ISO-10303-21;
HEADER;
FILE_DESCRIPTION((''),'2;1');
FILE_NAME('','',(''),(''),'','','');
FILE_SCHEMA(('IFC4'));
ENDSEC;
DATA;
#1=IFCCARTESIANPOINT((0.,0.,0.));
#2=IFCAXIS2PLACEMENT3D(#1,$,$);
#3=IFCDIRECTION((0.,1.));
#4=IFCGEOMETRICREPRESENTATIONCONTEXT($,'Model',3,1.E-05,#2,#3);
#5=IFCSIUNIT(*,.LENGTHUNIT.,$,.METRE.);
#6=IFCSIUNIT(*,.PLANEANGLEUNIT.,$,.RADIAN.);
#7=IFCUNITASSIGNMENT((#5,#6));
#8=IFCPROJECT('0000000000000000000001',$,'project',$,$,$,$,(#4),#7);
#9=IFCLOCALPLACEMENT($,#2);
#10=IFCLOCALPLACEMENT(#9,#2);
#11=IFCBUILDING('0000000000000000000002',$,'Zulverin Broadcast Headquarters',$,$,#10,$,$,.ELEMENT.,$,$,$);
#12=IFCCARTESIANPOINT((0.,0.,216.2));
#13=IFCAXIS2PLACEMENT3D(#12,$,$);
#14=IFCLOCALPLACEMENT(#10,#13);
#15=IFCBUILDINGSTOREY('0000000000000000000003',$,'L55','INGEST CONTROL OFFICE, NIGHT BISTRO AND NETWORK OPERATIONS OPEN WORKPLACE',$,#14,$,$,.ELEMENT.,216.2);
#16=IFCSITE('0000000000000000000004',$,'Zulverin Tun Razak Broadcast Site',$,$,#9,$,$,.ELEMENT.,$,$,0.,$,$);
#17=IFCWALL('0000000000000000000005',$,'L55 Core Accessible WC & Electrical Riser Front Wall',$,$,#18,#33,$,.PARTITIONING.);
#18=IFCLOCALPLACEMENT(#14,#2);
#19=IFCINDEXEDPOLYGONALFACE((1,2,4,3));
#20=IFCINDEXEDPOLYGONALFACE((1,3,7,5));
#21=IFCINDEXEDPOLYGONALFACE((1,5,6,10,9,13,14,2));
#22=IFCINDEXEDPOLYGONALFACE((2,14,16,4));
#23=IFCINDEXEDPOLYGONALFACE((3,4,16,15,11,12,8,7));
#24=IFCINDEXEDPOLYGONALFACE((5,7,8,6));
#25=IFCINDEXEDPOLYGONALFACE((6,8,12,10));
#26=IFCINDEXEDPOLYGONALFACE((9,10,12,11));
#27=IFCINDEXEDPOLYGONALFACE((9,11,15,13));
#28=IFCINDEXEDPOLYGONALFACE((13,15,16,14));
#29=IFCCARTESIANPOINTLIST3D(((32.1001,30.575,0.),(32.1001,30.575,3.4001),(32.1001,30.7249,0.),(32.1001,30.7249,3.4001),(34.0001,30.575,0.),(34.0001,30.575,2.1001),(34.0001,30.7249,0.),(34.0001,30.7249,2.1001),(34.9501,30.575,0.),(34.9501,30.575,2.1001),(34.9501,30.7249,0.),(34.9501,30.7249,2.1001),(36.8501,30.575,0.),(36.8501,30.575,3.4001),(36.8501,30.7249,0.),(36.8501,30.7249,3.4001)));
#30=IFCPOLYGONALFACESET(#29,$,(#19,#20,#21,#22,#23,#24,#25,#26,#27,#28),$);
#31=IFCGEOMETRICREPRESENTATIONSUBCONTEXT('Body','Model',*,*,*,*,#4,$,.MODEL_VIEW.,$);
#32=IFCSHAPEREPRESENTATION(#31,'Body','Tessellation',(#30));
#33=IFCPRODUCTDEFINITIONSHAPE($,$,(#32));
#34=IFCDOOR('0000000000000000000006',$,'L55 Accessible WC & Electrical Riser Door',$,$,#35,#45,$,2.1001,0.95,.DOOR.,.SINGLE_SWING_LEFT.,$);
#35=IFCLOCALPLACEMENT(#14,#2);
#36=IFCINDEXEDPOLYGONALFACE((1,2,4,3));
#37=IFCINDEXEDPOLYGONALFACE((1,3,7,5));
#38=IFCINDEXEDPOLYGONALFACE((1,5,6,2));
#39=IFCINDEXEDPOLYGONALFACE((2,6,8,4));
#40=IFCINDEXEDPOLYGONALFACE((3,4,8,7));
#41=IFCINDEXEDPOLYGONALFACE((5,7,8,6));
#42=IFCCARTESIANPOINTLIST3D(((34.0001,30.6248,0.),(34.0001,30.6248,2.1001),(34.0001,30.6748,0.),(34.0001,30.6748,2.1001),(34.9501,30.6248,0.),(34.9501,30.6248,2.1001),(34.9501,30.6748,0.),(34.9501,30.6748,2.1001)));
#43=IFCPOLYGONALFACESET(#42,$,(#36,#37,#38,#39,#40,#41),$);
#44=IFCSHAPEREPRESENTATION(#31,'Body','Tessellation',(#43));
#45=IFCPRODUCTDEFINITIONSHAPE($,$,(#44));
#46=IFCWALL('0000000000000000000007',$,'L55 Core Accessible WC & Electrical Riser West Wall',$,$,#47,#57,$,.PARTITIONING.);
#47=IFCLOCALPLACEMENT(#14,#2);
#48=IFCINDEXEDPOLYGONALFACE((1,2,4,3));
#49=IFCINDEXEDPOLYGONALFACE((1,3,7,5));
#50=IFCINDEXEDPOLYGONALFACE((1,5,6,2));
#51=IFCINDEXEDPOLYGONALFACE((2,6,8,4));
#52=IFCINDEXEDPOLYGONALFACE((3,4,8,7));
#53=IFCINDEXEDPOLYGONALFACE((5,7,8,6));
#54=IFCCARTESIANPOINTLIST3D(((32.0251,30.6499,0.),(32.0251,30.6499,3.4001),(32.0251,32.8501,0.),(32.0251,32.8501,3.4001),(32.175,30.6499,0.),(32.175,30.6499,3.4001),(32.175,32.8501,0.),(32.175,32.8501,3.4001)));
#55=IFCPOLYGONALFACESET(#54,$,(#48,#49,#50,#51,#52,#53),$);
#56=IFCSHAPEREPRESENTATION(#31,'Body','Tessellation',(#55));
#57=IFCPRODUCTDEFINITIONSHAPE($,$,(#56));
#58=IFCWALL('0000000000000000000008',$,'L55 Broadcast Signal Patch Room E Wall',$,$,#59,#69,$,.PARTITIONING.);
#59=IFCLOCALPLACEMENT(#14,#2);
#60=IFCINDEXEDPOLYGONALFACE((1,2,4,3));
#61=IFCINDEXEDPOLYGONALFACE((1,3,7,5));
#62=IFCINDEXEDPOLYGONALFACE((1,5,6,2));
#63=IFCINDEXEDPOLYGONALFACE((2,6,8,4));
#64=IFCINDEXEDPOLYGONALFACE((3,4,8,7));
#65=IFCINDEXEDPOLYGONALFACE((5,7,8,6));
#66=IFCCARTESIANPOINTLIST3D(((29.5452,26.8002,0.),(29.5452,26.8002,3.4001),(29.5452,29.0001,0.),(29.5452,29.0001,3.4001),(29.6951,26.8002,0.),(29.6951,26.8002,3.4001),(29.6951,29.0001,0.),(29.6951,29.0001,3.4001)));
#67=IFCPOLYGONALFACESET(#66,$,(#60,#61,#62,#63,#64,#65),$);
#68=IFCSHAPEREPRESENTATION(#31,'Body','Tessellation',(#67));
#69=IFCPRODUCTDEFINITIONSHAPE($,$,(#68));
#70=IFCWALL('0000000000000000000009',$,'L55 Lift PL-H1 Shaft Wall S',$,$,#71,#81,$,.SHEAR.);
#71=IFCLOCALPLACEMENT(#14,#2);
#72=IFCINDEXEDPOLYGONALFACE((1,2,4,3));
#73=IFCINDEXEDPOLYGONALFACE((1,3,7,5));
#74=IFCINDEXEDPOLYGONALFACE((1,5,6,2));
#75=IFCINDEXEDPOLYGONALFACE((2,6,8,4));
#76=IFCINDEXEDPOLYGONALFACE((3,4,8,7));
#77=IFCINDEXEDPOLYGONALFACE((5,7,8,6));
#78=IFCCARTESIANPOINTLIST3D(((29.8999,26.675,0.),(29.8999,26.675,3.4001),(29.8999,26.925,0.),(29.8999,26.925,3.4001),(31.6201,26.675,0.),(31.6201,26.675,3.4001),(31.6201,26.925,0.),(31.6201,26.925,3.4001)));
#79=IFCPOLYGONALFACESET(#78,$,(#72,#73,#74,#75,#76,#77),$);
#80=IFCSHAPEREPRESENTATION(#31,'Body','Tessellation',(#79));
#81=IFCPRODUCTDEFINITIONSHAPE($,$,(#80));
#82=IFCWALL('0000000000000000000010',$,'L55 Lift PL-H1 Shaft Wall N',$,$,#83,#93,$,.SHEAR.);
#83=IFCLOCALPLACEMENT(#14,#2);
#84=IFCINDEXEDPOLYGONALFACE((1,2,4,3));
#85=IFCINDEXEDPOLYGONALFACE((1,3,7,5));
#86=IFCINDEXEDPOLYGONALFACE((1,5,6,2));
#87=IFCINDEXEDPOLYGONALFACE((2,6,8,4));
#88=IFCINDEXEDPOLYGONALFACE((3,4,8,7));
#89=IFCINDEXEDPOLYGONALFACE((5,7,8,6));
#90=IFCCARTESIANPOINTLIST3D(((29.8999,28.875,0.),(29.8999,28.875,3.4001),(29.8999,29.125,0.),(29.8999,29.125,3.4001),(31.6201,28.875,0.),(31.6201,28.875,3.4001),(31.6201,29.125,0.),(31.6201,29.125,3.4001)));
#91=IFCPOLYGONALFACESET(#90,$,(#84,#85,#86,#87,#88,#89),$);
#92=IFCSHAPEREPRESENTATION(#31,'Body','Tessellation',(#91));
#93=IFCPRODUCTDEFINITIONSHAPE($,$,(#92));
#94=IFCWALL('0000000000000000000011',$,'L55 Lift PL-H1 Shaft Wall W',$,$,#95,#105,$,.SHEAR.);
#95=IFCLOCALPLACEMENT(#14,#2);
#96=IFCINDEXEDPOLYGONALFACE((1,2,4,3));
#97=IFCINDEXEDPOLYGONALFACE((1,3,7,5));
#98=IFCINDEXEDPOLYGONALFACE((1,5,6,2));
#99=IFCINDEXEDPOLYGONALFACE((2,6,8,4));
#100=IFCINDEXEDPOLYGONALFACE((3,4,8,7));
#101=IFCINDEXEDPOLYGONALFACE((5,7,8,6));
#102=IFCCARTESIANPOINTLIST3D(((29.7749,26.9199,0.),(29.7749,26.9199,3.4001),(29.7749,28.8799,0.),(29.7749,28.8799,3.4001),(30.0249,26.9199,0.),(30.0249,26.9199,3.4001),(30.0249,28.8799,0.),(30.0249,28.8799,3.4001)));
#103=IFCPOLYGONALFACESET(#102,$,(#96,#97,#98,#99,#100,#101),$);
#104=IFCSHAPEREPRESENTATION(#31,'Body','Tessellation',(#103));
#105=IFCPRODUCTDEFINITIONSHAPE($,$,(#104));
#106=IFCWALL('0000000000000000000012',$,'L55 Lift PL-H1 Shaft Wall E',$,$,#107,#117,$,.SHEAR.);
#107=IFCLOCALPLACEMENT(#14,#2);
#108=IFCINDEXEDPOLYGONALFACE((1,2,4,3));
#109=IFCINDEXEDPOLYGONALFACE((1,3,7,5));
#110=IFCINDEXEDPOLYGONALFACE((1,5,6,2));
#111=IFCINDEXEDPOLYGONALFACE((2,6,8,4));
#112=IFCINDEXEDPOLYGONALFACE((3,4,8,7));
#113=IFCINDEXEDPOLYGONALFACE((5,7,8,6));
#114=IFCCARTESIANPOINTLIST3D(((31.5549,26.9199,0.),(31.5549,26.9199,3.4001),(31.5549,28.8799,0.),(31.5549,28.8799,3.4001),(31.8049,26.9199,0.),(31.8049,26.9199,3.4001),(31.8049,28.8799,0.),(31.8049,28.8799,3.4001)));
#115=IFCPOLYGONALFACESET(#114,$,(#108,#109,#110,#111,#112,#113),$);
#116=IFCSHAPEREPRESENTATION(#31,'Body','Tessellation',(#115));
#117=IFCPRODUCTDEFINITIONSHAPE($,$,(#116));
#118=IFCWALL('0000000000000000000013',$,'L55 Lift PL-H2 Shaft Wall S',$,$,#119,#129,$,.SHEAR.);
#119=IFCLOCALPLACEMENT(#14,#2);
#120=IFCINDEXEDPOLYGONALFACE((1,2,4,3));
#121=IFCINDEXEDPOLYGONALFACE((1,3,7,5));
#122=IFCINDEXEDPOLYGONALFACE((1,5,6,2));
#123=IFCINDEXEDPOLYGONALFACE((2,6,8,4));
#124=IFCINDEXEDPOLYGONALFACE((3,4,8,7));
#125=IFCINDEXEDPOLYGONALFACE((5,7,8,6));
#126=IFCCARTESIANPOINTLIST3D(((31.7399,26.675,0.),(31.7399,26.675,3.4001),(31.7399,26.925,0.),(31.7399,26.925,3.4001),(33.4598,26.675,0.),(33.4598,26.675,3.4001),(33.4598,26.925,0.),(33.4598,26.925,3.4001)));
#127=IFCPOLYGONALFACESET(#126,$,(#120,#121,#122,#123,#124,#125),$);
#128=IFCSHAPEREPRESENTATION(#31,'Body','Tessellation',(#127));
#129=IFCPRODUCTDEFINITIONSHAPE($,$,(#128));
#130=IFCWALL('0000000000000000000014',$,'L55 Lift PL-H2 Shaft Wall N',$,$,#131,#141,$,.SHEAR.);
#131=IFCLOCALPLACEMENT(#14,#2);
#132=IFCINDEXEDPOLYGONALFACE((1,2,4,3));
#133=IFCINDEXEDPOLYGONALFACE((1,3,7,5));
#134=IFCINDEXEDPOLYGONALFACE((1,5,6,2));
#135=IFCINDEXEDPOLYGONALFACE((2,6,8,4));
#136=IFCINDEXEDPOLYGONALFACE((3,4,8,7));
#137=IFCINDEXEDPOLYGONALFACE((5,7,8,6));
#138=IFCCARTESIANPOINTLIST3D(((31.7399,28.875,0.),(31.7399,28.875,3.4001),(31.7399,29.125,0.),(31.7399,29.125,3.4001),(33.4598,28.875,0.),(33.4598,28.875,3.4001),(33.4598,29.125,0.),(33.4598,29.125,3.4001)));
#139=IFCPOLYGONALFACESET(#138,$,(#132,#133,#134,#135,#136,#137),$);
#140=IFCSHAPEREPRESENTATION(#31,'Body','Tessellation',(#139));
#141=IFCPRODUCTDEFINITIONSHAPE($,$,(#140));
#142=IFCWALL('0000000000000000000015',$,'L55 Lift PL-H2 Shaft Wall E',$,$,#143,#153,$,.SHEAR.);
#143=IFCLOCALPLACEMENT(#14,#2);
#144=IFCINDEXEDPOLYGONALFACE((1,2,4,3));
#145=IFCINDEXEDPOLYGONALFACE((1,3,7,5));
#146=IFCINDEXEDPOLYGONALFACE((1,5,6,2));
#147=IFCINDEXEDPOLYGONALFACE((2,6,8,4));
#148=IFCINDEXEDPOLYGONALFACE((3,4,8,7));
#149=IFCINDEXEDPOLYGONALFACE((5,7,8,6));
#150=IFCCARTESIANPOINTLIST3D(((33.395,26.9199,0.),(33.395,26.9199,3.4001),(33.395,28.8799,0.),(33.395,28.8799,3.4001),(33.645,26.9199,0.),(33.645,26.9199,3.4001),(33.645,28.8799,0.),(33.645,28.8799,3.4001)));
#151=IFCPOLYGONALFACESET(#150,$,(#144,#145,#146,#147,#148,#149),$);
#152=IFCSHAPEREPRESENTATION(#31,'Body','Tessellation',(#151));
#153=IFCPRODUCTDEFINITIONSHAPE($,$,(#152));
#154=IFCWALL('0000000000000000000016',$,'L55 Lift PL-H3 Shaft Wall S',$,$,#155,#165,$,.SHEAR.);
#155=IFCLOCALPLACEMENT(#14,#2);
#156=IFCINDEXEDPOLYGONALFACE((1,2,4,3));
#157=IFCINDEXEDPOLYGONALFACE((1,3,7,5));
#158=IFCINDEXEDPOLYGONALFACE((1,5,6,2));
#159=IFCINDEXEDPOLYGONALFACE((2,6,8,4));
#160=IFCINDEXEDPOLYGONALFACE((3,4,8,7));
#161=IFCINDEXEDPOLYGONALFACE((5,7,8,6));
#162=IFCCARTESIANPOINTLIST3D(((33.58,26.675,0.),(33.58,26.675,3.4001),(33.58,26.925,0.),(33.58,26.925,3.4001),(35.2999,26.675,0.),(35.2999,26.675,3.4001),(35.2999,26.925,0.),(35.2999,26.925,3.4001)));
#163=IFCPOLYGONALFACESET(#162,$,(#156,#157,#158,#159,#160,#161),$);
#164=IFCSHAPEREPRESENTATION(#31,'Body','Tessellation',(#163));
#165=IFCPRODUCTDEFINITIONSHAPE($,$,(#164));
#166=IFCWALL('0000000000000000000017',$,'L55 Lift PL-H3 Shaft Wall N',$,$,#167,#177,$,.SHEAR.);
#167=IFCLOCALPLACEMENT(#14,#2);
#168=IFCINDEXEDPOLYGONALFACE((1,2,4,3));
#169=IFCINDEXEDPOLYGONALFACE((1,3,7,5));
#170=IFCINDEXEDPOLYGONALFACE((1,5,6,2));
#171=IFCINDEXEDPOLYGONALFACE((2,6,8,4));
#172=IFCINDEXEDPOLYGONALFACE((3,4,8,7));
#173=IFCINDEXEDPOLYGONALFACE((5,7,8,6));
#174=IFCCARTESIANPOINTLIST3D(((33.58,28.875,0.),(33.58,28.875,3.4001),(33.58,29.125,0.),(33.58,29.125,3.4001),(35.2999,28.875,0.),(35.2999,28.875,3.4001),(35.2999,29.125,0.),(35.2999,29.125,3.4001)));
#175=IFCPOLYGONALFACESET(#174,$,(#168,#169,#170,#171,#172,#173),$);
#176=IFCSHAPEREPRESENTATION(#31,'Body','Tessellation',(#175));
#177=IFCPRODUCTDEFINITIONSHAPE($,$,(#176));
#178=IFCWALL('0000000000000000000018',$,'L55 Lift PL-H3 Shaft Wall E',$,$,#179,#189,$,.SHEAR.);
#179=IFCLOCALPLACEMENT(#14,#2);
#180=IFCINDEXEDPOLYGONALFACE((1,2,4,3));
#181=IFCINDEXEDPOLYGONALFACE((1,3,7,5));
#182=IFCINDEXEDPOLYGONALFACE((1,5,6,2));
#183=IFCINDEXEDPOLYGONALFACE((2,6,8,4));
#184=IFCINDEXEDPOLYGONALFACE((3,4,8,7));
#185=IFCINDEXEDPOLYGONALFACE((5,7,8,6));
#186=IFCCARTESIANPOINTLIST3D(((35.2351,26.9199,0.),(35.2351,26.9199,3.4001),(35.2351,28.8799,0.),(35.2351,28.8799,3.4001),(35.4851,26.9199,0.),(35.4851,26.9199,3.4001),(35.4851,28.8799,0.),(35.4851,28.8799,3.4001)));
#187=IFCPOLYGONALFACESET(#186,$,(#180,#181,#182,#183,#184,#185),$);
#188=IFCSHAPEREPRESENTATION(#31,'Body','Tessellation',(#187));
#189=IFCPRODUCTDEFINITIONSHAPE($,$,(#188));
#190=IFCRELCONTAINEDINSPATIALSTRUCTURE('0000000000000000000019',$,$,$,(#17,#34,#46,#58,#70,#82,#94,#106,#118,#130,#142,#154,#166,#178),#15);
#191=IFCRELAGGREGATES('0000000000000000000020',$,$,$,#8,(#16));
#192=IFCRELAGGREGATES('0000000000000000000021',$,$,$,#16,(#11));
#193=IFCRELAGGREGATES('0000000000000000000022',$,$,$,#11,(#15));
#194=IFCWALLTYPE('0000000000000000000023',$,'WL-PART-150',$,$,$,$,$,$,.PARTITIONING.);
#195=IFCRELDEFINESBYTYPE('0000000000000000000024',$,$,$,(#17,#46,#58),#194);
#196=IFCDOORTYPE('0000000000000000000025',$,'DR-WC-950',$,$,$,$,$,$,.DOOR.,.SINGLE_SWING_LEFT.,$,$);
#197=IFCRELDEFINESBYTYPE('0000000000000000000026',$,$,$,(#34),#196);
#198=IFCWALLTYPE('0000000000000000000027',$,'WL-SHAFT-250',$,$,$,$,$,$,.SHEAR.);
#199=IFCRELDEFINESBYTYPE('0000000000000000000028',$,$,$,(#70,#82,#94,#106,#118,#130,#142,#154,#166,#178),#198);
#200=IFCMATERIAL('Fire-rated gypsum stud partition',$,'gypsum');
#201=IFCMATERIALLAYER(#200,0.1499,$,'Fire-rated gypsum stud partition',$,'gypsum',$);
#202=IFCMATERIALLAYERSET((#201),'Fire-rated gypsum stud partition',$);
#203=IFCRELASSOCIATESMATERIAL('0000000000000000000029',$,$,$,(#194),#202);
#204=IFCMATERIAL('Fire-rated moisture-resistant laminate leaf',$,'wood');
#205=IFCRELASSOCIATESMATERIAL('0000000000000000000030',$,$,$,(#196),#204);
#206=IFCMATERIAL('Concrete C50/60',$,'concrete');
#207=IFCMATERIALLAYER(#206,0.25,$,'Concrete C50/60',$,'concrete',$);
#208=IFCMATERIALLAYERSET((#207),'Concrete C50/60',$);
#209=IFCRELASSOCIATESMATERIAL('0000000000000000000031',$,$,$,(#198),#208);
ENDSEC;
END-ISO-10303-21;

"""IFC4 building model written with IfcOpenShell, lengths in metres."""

from ifc_helpers import new_model, si_unit, direction, frame, frame_2d, origin, place, context, subcontext, project, spatial, rectangle, extrude, material, layer, layer_set, type_object, element, fill, save


model = new_model("IFC4")

# Units and contexts
model_context = context("Model", 3, precision=1e-05, world=origin(), true_north=direction((0.0, 1.0)))
body_context = subcontext(model_context, "Body", "Model", "MODEL_VIEW")
ifc_project = project(units=[si_unit("LENGTHUNIT", "METRE"), si_unit("PLANEANGLEUNIT", "RADIAN")], contexts=[model_context])

# Site, building, storey
site_placement = place(None, origin())
site = spatial("IfcSite", under=ifc_project, at=site_placement, Name="Zulverin Tun Razak Broadcast Site", CompositionType="ELEMENT", RefElevation=0.0)
building_placement = place(site_placement, origin())
building = spatial("IfcBuilding", under=site, at=building_placement, Name="Zulverin Broadcast Headquarters", CompositionType="ELEMENT")
storey_placement = place(building_placement, frame((0.0, 0.0, 216.2)))
storey = spatial("IfcBuildingStorey", under=building, at=storey_placement, Name="L55", Description="INGEST CONTROL OFFICE, NIGHT BISTRO AND NETWORK OPERATIONS OPEN WORKPLACE", CompositionType="ELEMENT", Elevation=216.2)

# Wall, opening, door
ifc_material_1 = material(Name="Fire-rated gypsum stud partition", Category="gypsum")
ifc_layer_1 = layer(ifc_material_1, 0.1499, Name="Fire-rated gypsum stud partition", Category="gypsum")
ifc_layer_set_1 = layer_set([ifc_layer_1], Name="Fire-rated gypsum stud partition")
wall_type_1 = type_object("IfcWallType", Name="WL-PART-150", PredefinedType="PARTITIONING", material=ifc_layer_set_1)
wall_1_placement = place(storey_placement, frame((32.1001, 30.6499, 0.0), z_axis=(0.0, 0.0, 1.0), x_axis=(1.0, 0.0, 0.0)))
wall_1 = element("IfcWall", 1, at=wall_1_placement, inside=storey, type_object=wall_type_1, Name="L55 Core Accessible WC & Electrical Riser Front Wall", PredefinedType="PARTITIONING", context=body_context, shape_type="SweptSolid", body=[
    extrude(rectangle(XDim=4.75, YDim=0.1499, at=frame_2d((2.375, 0.0))), origin(), (0.0, 0.0, 1.0), 3.4001),
])
opening_1_placement = place(wall_1_placement, frame((1.8999, 0.0, 0.0)))
opening_1 = element("IfcOpeningElement", 2, at=opening_1_placement, cuts=wall_1, PredefinedType="OPENING", context=body_context, shape_type="SweptSolid", body=[
    extrude(rectangle(XDim=0.95, YDim=2.1001, at=frame_2d((0.4751, 1.05))), frame((0.0, 0.085, 0.0), z_axis=(0.0, -1.0, 0.0), x_axis=(1.0, 0.0, 0.0)), (0.0, 0.0, 1.0), 0.1699),
])
ifc_material_2 = material(Name="Fire-rated moisture-resistant laminate leaf", Category="wood")
door_type_1 = type_object("IfcDoorType", Name="DR-WC-950", OperationType="SINGLE_SWING_LEFT", PredefinedType="DOOR", material=ifc_material_2)
door_1_placement = place(opening_1_placement, origin())
door_1 = element("IfcDoor", 3, at=door_1_placement, inside=storey, type_object=door_type_1, Name="L55 Accessible WC & Electrical Riser Door", OperationType="SINGLE_SWING_LEFT", OverallHeight=2.1001, OverallWidth=0.95, PredefinedType="DOOR", context=body_context, shape_type="SweptSolid", body=[
    extrude(rectangle(XDim=0.95, YDim=2.1001, at=frame_2d((0.4751, 1.05))), frame((0.0, 0.0249, 0.0), z_axis=(0.0, -1.0, 0.0), x_axis=(1.0, 0.0, 0.0)), (0.0, 0.0, 1.0), 0.05),
])
fill(opening_1, door_1)

# Walls
wall_2_placement = place(storey_placement, frame((32.1001, 30.6499, 0.0), z_axis=(0.0, 0.0, 1.0), x_axis=(0.0, 1.0, 0.0)))
element("IfcWall", 4, at=wall_2_placement, inside=storey, type_object=wall_type_1, Name="L55 Core Accessible WC & Electrical Riser West Wall", PredefinedType="PARTITIONING", context=body_context, shape_type="SweptSolid", body=[
    extrude(rectangle(XDim=2.2002, YDim=0.1499, at=frame_2d((1.1001, 0.0))), origin(), (0.0, 0.0, 1.0), 3.4001),
])
wall_3_placement = place(storey_placement, frame((29.6201, 26.8, 0.0), z_axis=(0.0, 0.0, 1.0), x_axis=(0.0, 1.0, 0.0)))
element("IfcWall", 5, at=wall_3_placement, inside=storey, type_object=wall_type_1, Name="L55 Broadcast Signal Patch Room E Wall", PredefinedType="PARTITIONING", context=body_context, shape_type="SweptSolid", body=[
    extrude(rectangle(XDim=2.2, YDim=0.1499, at=frame_2d((1.1001, 0.0))), origin(), (0.0, 0.0, 1.0), 3.4001),
])

# Shared definitions
ifc_material_3 = material(Name="Concrete C50/60", Category="concrete")
ifc_layer_2 = layer(ifc_material_3, 0.25, Name="Concrete C50/60", Category="concrete")
ifc_layer_set_2 = layer_set([ifc_layer_2], Name="Concrete C50/60")
wall_type_2 = type_object("IfcWallType", Name="WL-SHAFT-250", PredefinedType="SHEAR", material=ifc_layer_set_2)

# Walls
for number, where, z_axis, x_axis, name in (
    (6, (29.8999, 26.8, 0.0), (0.0, 0.0, 1.0), (1.0, 0.0, 0.0), "L55 Lift PL-H1 Shaft Wall S"),
    (7, (29.8999, 29.0, 0.0), (0.0, 0.0, 1.0), (1.0, 0.0, 0.0), "L55 Lift PL-H1 Shaft Wall N"),
):
    element("IfcWall", number, at=place(storey_placement, frame(where, z_axis=z_axis, x_axis=x_axis)), inside=storey, type_object=wall_type_2, Name=name, PredefinedType="SHEAR", context=body_context, shape_type="SweptSolid", body=[
        extrude(rectangle(XDim=1.7202, YDim=0.25, at=frame_2d((0.8601, 0.0))), origin(), (0.0, 0.0, 1.0), 3.4001),
    ])
for number, where, z_axis, x_axis, name in (
    (8, (29.8999, 26.9199, 0.0), (0.0, 0.0, 1.0), (0.0, 1.0, 0.0), "L55 Lift PL-H1 Shaft Wall W"),
    (9, (31.6799, 26.9199, 0.0), (0.0, 0.0, 1.0), (0.0, 1.0, 0.0), "L55 Lift PL-H1 Shaft Wall E"),
):
    element("IfcWall", number, at=place(storey_placement, frame(where, z_axis=z_axis, x_axis=x_axis)), inside=storey, type_object=wall_type_2, Name=name, PredefinedType="SHEAR", context=body_context, shape_type="SweptSolid", body=[
        extrude(rectangle(XDim=1.96, YDim=0.25, at=frame_2d((0.98, 0.0))), origin(), (0.0, 0.0, 1.0), 3.4001),
    ])
for number, where, z_axis, x_axis, name in (
    (10, (31.74, 26.8, 0.0), (0.0, 0.0, 1.0), (1.0, 0.0, 0.0), "L55 Lift PL-H2 Shaft Wall S"),
    (11, (31.74, 29.0, 0.0), (0.0, 0.0, 1.0), (1.0, 0.0, 0.0), "L55 Lift PL-H2 Shaft Wall N"),
):
    element("IfcWall", number, at=place(storey_placement, frame(where, z_axis=z_axis, x_axis=x_axis)), inside=storey, type_object=wall_type_2, Name=name, PredefinedType="SHEAR", context=body_context, shape_type="SweptSolid", body=[
        extrude(rectangle(XDim=1.72, YDim=0.25, at=frame_2d((0.8599, 0.0))), origin(), (0.0, 0.0, 1.0), 3.4001),
    ])
wall_4_placement = place(storey_placement, frame((33.52, 26.9199, 0.0), z_axis=(0.0, 0.0, 1.0), x_axis=(0.0, 1.0, 0.0)))
element("IfcWall", 12, at=wall_4_placement, inside=storey, type_object=wall_type_2, Name="L55 Lift PL-H2 Shaft Wall E", PredefinedType="SHEAR", context=body_context, shape_type="SweptSolid", body=[
    extrude(rectangle(XDim=1.96, YDim=0.25, at=frame_2d((0.98, 0.0))), origin(), (0.0, 0.0, 1.0), 3.4001),
])
for number, where, z_axis, x_axis, name in (
    (13, (33.5801, 26.8, 0.0), (0.0, 0.0, 1.0), (1.0, 0.0, 0.0), "L55 Lift PL-H3 Shaft Wall S"),
    (14, (33.5801, 29.0, 0.0), (0.0, 0.0, 1.0), (1.0, 0.0, 0.0), "L55 Lift PL-H3 Shaft Wall N"),
):
    element("IfcWall", number, at=place(storey_placement, frame(where, z_axis=z_axis, x_axis=x_axis)), inside=storey, type_object=wall_type_2, Name=name, PredefinedType="SHEAR", context=body_context, shape_type="SweptSolid", body=[
        extrude(rectangle(XDim=1.72, YDim=0.25, at=frame_2d((0.8599, 0.0))), origin(), (0.0, 0.0, 1.0), 3.4001),
    ])
wall_5_placement = place(storey_placement, frame((35.3601, 26.9199, 0.0), z_axis=(0.0, 0.0, 1.0), x_axis=(0.0, 1.0, 0.0)))
element("IfcWall", 15, at=wall_5_placement, inside=storey, type_object=wall_type_2, Name="L55 Lift PL-H3 Shaft Wall E", PredefinedType="SHEAR", context=body_context, shape_type="SweptSolid", body=[
    extrude(rectangle(XDim=1.96, YDim=0.25, at=frame_2d((0.98, 0.0))), origin(), (0.0, 0.0, 1.0), 3.4001),
])

save(model, "model.ifc")
